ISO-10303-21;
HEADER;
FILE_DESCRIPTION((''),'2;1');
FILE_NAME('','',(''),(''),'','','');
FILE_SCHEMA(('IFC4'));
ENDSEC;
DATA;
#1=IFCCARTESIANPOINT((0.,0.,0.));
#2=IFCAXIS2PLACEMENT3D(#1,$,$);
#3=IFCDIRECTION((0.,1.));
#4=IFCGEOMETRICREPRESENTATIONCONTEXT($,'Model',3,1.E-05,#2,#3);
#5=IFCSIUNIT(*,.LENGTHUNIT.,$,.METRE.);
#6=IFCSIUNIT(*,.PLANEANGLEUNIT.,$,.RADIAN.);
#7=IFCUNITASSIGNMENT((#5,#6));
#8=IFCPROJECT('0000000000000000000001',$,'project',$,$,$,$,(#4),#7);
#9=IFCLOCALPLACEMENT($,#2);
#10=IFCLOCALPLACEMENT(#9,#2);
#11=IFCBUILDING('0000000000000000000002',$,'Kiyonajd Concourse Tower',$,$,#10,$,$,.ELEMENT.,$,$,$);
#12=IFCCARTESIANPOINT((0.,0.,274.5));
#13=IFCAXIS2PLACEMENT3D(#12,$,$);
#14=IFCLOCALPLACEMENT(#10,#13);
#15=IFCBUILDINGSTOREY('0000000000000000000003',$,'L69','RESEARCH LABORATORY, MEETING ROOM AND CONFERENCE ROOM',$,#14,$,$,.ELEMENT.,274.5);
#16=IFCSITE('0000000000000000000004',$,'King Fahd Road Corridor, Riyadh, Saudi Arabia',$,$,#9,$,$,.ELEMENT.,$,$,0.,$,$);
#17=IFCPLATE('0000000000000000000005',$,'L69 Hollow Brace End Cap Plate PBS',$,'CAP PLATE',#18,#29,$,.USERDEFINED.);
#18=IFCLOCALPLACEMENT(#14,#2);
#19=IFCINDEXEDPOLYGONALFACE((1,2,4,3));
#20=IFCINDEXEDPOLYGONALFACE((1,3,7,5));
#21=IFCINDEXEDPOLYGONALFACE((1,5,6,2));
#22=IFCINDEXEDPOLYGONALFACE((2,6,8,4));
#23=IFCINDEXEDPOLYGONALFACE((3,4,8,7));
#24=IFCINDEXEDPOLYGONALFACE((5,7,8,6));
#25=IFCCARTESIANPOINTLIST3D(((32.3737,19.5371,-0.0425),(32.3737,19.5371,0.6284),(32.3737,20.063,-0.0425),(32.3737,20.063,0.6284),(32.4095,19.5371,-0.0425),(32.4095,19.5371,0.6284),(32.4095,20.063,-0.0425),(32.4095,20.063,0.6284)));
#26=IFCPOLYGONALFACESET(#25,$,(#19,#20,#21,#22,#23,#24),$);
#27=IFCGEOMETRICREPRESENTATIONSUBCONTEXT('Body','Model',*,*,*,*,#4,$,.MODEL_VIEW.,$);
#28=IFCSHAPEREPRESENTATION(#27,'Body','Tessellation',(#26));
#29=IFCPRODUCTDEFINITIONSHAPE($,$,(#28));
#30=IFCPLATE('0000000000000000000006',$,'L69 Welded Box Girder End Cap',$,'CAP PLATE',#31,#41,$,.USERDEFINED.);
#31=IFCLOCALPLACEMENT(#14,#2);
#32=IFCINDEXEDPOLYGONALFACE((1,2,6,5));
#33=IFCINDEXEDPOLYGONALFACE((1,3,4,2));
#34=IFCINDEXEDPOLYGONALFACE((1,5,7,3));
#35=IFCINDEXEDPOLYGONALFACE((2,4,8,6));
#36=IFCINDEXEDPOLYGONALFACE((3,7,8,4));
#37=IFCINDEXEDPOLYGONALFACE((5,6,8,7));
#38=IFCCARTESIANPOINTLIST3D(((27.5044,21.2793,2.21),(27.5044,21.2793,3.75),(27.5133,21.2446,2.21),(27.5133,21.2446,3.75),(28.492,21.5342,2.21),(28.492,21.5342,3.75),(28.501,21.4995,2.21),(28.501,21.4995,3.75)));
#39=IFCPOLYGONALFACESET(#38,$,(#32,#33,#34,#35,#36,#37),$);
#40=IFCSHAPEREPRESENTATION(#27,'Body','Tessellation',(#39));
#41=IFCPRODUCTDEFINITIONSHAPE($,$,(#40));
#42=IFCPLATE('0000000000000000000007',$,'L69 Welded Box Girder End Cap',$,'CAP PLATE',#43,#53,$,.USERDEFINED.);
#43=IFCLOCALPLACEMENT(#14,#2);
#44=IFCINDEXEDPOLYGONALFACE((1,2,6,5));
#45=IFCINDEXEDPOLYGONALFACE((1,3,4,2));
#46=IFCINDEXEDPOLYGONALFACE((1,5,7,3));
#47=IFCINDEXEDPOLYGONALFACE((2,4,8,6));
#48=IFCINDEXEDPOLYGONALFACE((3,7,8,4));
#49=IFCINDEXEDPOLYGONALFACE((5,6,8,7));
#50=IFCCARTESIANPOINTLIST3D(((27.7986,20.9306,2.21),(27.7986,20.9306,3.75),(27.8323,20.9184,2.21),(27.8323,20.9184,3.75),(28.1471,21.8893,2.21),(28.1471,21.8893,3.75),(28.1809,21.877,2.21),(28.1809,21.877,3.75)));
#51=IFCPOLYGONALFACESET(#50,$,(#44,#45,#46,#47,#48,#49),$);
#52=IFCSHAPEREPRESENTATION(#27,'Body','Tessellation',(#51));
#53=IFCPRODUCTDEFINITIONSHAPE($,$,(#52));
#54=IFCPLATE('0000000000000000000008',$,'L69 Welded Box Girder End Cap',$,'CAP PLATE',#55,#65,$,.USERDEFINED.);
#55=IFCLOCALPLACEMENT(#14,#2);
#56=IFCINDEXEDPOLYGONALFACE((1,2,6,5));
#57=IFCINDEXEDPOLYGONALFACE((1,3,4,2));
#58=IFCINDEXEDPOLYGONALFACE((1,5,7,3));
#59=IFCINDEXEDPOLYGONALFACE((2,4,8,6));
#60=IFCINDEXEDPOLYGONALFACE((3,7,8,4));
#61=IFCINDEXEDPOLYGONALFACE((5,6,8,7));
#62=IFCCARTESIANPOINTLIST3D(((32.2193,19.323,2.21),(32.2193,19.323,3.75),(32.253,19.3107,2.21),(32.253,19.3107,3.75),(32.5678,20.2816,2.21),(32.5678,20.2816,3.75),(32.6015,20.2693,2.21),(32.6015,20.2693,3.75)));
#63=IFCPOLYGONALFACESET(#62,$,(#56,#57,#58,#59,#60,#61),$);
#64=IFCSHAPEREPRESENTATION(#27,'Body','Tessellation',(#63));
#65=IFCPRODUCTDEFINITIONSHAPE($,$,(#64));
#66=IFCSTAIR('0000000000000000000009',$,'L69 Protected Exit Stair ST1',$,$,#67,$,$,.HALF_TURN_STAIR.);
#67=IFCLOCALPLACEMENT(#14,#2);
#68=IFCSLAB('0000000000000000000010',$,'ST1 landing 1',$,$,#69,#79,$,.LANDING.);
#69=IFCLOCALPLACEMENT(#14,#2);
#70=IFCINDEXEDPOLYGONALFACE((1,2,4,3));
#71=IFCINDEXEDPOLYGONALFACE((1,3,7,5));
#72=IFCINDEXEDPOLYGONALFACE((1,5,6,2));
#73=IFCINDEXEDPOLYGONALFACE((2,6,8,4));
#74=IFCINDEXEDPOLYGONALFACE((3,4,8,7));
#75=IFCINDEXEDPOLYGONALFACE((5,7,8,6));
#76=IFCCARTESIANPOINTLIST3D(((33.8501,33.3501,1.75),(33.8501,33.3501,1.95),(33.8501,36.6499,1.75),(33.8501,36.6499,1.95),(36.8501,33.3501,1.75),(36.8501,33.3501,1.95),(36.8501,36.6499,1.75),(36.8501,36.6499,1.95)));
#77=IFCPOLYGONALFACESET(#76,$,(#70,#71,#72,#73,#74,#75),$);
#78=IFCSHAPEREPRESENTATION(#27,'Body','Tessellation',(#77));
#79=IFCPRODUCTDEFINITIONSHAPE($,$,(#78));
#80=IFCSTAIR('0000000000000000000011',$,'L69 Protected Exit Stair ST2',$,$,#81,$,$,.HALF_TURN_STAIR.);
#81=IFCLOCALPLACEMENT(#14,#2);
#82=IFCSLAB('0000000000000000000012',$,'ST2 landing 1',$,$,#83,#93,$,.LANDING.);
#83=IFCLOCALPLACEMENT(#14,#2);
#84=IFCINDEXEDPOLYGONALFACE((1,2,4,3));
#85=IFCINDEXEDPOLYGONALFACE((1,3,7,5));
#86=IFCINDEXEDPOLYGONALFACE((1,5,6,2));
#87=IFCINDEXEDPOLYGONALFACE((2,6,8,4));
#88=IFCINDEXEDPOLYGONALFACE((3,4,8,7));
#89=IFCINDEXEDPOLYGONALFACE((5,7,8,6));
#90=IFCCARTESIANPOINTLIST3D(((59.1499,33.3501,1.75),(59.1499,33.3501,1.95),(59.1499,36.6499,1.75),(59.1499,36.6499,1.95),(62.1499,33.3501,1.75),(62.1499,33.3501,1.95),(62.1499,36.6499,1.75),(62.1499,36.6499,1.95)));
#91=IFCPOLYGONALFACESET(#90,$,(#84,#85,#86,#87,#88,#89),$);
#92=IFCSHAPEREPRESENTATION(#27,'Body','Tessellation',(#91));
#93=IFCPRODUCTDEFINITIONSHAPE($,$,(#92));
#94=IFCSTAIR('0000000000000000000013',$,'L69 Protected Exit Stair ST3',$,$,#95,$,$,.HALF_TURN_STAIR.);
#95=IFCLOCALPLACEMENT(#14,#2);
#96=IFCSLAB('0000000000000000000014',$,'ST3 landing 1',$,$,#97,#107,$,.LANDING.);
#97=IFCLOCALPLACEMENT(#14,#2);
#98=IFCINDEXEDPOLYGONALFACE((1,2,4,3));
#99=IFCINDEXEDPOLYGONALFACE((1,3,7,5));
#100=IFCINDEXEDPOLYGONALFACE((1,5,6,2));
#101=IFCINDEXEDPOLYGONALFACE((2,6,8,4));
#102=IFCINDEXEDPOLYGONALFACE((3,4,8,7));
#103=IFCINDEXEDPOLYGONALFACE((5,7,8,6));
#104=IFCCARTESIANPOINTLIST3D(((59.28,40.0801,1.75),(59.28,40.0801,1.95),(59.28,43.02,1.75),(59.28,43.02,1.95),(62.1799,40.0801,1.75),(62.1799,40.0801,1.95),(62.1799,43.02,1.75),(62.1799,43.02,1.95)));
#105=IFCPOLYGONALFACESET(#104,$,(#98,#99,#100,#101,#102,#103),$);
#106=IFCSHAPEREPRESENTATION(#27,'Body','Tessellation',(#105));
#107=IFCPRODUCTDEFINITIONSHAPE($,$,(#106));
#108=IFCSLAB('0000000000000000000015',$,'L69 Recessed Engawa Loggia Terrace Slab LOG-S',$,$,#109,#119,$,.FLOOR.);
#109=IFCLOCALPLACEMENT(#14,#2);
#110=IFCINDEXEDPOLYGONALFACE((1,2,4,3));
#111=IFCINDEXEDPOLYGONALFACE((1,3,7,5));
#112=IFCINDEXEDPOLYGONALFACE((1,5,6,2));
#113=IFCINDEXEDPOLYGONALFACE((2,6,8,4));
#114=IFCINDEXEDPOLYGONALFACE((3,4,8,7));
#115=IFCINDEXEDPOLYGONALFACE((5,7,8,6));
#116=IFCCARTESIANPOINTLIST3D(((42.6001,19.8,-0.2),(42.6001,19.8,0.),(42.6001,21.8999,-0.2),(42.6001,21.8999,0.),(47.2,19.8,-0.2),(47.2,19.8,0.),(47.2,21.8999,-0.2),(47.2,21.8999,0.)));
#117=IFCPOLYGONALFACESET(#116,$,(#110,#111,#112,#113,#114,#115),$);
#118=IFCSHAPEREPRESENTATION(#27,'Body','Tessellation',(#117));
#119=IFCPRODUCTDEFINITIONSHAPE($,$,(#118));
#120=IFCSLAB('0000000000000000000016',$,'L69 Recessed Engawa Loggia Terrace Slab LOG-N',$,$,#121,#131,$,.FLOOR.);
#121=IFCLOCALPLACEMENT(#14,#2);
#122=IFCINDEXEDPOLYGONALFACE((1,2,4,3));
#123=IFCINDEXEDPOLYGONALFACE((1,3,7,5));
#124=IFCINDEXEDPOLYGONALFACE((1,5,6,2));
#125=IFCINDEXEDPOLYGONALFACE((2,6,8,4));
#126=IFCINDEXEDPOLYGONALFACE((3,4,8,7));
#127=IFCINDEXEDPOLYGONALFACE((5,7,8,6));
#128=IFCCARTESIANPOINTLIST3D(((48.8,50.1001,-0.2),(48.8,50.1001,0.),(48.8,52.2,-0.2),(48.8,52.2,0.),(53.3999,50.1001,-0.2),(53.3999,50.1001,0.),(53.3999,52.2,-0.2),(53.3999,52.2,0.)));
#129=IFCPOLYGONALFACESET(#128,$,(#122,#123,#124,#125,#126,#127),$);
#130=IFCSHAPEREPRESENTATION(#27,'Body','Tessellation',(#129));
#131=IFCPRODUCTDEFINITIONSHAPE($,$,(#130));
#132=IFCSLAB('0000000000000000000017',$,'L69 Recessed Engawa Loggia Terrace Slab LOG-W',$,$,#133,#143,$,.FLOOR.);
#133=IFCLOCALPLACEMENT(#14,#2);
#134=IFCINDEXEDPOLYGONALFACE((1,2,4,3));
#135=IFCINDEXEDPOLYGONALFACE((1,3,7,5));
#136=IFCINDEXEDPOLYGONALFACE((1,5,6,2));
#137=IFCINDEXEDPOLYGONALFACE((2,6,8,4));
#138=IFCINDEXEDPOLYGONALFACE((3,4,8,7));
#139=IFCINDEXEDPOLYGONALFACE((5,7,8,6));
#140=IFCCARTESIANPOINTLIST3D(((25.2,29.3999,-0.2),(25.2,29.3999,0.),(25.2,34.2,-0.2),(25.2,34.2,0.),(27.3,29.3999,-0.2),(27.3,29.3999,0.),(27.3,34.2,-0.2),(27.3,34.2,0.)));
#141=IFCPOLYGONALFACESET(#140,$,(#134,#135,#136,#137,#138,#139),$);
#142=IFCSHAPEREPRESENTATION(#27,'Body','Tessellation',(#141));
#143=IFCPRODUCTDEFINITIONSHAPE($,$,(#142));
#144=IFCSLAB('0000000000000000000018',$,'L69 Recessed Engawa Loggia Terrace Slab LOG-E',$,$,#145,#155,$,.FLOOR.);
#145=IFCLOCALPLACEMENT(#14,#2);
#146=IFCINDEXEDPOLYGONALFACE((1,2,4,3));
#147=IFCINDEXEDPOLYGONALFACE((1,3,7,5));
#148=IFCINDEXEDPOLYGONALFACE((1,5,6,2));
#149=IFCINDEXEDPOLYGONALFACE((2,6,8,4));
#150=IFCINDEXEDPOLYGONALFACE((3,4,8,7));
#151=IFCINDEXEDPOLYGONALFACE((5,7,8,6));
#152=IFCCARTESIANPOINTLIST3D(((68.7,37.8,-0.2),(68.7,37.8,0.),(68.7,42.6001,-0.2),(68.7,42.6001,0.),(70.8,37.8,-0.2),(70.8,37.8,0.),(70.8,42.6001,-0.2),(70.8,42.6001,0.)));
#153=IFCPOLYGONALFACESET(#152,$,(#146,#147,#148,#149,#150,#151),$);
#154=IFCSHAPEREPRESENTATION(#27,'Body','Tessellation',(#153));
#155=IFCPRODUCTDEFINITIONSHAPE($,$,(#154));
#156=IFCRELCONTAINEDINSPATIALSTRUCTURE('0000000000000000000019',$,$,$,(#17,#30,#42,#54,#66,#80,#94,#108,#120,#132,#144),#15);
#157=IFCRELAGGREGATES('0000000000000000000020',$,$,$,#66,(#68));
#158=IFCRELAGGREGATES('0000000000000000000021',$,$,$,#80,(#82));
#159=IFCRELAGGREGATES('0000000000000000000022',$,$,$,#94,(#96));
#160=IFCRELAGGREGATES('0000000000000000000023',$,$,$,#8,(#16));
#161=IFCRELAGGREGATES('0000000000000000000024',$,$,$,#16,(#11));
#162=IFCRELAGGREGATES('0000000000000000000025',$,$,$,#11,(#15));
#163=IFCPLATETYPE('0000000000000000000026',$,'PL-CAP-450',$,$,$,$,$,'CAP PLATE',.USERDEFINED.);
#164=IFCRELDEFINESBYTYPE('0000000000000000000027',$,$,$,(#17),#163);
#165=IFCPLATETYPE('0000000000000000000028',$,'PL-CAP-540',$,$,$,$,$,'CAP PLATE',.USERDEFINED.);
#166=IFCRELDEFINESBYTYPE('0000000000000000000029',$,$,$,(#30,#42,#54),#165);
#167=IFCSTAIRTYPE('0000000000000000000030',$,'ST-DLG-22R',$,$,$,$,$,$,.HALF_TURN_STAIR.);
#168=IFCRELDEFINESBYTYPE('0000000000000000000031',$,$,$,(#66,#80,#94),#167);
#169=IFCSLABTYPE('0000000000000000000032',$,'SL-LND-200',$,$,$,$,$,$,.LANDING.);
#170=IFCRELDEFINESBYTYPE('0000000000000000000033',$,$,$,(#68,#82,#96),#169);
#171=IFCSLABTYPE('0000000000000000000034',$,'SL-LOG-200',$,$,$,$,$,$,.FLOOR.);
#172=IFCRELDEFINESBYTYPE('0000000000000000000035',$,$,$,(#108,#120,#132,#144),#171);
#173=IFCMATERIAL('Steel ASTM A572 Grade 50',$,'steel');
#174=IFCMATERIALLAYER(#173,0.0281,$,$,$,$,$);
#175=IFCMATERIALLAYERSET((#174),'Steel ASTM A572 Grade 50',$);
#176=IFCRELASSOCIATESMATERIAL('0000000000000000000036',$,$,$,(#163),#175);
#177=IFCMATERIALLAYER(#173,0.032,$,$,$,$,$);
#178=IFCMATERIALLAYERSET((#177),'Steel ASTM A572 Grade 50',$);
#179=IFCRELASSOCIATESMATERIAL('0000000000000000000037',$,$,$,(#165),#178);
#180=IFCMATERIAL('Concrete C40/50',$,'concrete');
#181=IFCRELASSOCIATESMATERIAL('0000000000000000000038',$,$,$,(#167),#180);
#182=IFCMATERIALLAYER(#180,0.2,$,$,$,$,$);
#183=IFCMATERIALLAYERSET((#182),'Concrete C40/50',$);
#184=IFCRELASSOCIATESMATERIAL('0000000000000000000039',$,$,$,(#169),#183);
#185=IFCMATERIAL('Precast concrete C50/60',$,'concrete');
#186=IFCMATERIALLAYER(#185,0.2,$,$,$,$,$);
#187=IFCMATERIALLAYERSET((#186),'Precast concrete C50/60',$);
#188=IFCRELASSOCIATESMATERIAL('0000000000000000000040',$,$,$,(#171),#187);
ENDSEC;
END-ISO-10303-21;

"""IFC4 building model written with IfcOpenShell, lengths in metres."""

from ifc_helpers import new_model, si_unit, direction, frame, origin, origin_2d, place, context, subcontext, project, spatial, polyline, rectangle, outline, extrude, material, layer, layer_set, type_object, element, aggregate, save


model = new_model("IFC4")

# Units and contexts
model_context = context("Model", 3, precision=1e-05, world=origin(), true_north=direction((0.0, 1.0)))
body_context = subcontext(model_context, "Body", "Model", "MODEL_VIEW")
ifc_project = project(units=[si_unit("LENGTHUNIT", "METRE"), si_unit("PLANEANGLEUNIT", "RADIAN")], contexts=[model_context])

# Site, building, storey
site_placement = place(None, origin())
site = spatial("IfcSite", under=ifc_project, at=site_placement, Name="King Fahd Road Corridor, Riyadh, Saudi Arabia", CompositionType="ELEMENT", RefElevation=0.0)
building_placement = place(site_placement, origin())
building = spatial("IfcBuilding", under=site, at=building_placement, Name="Kiyonajd Concourse Tower", CompositionType="ELEMENT")
storey_placement = place(building_placement, frame((0.0, 0.0, 274.5)))
storey = spatial("IfcBuildingStorey", under=building, at=storey_placement, Name="L69", Description="RESEARCH LABORATORY, MEETING ROOM AND CONFERENCE ROOM", CompositionType="ELEMENT", Elevation=274.5)

# Shared definitions
ifc_material_1 = material(Name="Steel ASTM A572 Grade 50", Category="steel")

# Plates
ifc_layer_1 = layer(ifc_material_1, 0.0281)
ifc_layer_set_1 = layer_set([ifc_layer_1], Name="Steel ASTM A572 Grade 50")
plate_type_1 = type_object("IfcPlateType", Name="PL-CAP-450", ElementType="CAP PLATE", PredefinedType="USERDEFINED", material=ifc_layer_set_1)
plate_placement = place(storey_placement, frame((32.3916, 19.8, -0.0425), z_axis=(0.0, 0.0, 1.0), x_axis=(-1.0, 0.0, 0.0)))
element("IfcPlate", 1, at=plate_placement, inside=storey, type_object=plate_type_1, Name="L69 Hollow Brace End Cap Plate PBS", ObjectType="CAP PLATE", PredefinedType="USERDEFINED", context=body_context, shape_type="SweptSolid", body=[
    extrude(rectangle(XDim=0.0359, YDim=0.5259, at=origin_2d()), origin(), (0.0, 0.0, 1.0), 0.6709),
])
ifc_layer_2 = layer(ifc_material_1, 0.032)
ifc_layer_set_2 = layer_set([ifc_layer_2], Name="Steel ASTM A572 Grade 50")
plate_type_2 = type_object("IfcPlateType", Name="PL-CAP-540", ElementType="CAP PLATE", PredefinedType="USERDEFINED", material=ifc_layer_set_2)
for number, where, z_axis, x_axis, name in (
    (2, (28.0027, 21.3894, 2.21), (0.0, 0.0, 1.0), (0.249873, -0.968279, 0.0), "L69 Welded Box Girder End Cap"),
    (3, (27.9897, 21.4038, 2.21), (0.0, 0.0, 1.0), (-0.939812, 0.341692, 0.0), "L69 Welded Box Girder End Cap"),
    (4, (32.4104, 19.7961, 2.21), (0.0, 0.0, 1.0), (0.939812, -0.341692, 0.0), "L69 Welded Box Girder End Cap"),
):
    element("IfcPlate", number, at=place(storey_placement, frame(where, z_axis=z_axis, x_axis=x_axis)), inside=storey, type_object=plate_type_2, Name=name, ObjectType="CAP PLATE", PredefinedType="USERDEFINED", context=body_context, shape_type="SweptSolid", body=[
        extrude(rectangle(XDim=0.0359, YDim=1.02, at=origin_2d()), origin(), (0.0, 0.0, 1.0), 1.54),
    ])

# Stairs, slabs
ifc_material_2 = material(Name="Concrete C40/50", Category="concrete")
stair_type = type_object("IfcStairType", Name="ST-DLG-22R", PredefinedType="HALF_TURN_STAIR", material=ifc_material_2)
stair_1_placement = place(storey_placement, origin())
stair_1 = element("IfcStair", 5, at=stair_1_placement, inside=storey, type_object=stair_type, Name="L69 Protected Exit Stair ST1", PredefinedType="HALF_TURN_STAIR")
ifc_layer_3 = layer(ifc_material_2, 0.2)
ifc_layer_set_3 = layer_set([ifc_layer_3], Name="Concrete C40/50")
slab_type_1 = type_object("IfcSlabType", Name="SL-LND-200", PredefinedType="LANDING", material=ifc_layer_set_3)
slab_1_placement = place(storey_placement, frame((0.0, 0.0, 1.75)))
slab_1 = element("IfcSlab", 6, at=slab_1_placement, type_object=slab_type_1, Name="ST1 landing 1", PredefinedType="LANDING", context=body_context, shape_type="SweptSolid", body=[
    extrude(outline(polyline([(36.8501, 33.3501), (36.8501, 36.6499), (33.8501, 36.6499), (33.8501, 33.3501), (36.8501, 33.3501)])), origin(), (0.0, 0.0, 1.0), 0.2),
])
aggregate(stair_1, [slab_1])
stair_2_placement = place(storey_placement, origin())
stair_2 = element("IfcStair", 7, at=stair_2_placement, inside=storey, type_object=stair_type, Name="L69 Protected Exit Stair ST2", PredefinedType="HALF_TURN_STAIR")
slab_2_placement = place(storey_placement, frame((0.0, 0.0, 1.75)))
slab_2 = element("IfcSlab", 8, at=slab_2_placement, type_object=slab_type_1, Name="ST2 landing 1", PredefinedType="LANDING", context=body_context, shape_type="SweptSolid", body=[
    extrude(outline(polyline([(62.1499, 33.3501), (62.1499, 36.6499), (59.1499, 36.6499), (59.1499, 33.3501), (62.1499, 33.3501)])), origin(), (0.0, 0.0, 1.0), 0.2),
])
aggregate(stair_2, [slab_2])
stair_3_placement = place(storey_placement, origin())
stair_3 = element("IfcStair", 9, at=stair_3_placement, inside=storey, type_object=stair_type, Name="L69 Protected Exit Stair ST3", PredefinedType="HALF_TURN_STAIR")
slab_3_placement = place(storey_placement, frame((0.0, 0.0, 1.75)))
slab_3 = element("IfcSlab", 10, at=slab_3_placement, type_object=slab_type_1, Name="ST3 landing 1", PredefinedType="LANDING", context=body_context, shape_type="SweptSolid", body=[
    extrude(outline(polyline([(59.28, 40.0801), (62.1799, 40.0801), (62.1799, 43.02), (59.28, 43.02), (59.28, 40.0801)])), origin(), (0.0, 0.0, 1.0), 0.2),
])
aggregate(stair_3, [slab_3])

# Slabs
ifc_material_3 = material(Name="Precast concrete C50/60", Category="concrete")
ifc_layer_4 = layer(ifc_material_3, 0.2)
ifc_layer_set_4 = layer_set([ifc_layer_4], Name="Precast concrete C50/60")
slab_type_2 = type_object("IfcSlabType", Name="SL-LOG-200", PredefinedType="FLOOR", material=ifc_layer_set_4)
slab_4_placement = place(storey_placement, frame((0.0, 0.0, -0.2)))
element("IfcSlab", 11, at=slab_4_placement, inside=storey, type_object=slab_type_2, Name="L69 Recessed Engawa Loggia Terrace Slab LOG-S", PredefinedType="FLOOR", context=body_context, shape_type="SweptSolid", body=[
    extrude(outline(polyline([(42.6001, 19.8), (47.2, 19.8), (47.2, 21.8999), (42.6001, 21.8999), (42.6001, 19.8)])), origin(), (0.0, 0.0, 1.0), 0.2),
])
slab_5_placement = place(storey_placement, frame((0.0, 0.0, -0.2)))
element("IfcSlab", 12, at=slab_5_placement, inside=storey, type_object=slab_type_2, Name="L69 Recessed Engawa Loggia Terrace Slab LOG-N", PredefinedType="FLOOR", context=body_context, shape_type="SweptSolid", body=[
    extrude(outline(polyline([(48.8, 50.1001), (53.3999, 50.1001), (53.3999, 52.2), (48.8, 52.2), (48.8, 50.1001)])), origin(), (0.0, 0.0, 1.0), 0.2),
])
slab_6_placement = place(storey_placement, frame((0.0, 0.0, -0.2)))
element("IfcSlab", 13, at=slab_6_placement, inside=storey, type_object=slab_type_2, Name="L69 Recessed Engawa Loggia Terrace Slab LOG-W", PredefinedType="FLOOR", context=body_context, shape_type="SweptSolid", body=[
    extrude(outline(polyline([(25.2, 29.3999), (27.3, 29.3999), (27.3, 34.2), (25.2, 34.2), (25.2, 29.3999)])), origin(), (0.0, 0.0, 1.0), 0.2),
])
slab_7_placement = place(storey_placement, frame((0.0, 0.0, -0.2)))
element("IfcSlab", 14, at=slab_7_placement, inside=storey, type_object=slab_type_2, Name="L69 Recessed Engawa Loggia Terrace Slab LOG-E", PredefinedType="FLOOR", context=body_context, shape_type="SweptSolid", body=[
    extrude(outline(polyline([(68.7, 37.8), (70.8, 37.8), (70.8, 42.6001), (68.7, 42.6001), (68.7, 37.8)])), origin(), (0.0, 0.0, 1.0), 0.2),
])

save(model, "model.ifc")
